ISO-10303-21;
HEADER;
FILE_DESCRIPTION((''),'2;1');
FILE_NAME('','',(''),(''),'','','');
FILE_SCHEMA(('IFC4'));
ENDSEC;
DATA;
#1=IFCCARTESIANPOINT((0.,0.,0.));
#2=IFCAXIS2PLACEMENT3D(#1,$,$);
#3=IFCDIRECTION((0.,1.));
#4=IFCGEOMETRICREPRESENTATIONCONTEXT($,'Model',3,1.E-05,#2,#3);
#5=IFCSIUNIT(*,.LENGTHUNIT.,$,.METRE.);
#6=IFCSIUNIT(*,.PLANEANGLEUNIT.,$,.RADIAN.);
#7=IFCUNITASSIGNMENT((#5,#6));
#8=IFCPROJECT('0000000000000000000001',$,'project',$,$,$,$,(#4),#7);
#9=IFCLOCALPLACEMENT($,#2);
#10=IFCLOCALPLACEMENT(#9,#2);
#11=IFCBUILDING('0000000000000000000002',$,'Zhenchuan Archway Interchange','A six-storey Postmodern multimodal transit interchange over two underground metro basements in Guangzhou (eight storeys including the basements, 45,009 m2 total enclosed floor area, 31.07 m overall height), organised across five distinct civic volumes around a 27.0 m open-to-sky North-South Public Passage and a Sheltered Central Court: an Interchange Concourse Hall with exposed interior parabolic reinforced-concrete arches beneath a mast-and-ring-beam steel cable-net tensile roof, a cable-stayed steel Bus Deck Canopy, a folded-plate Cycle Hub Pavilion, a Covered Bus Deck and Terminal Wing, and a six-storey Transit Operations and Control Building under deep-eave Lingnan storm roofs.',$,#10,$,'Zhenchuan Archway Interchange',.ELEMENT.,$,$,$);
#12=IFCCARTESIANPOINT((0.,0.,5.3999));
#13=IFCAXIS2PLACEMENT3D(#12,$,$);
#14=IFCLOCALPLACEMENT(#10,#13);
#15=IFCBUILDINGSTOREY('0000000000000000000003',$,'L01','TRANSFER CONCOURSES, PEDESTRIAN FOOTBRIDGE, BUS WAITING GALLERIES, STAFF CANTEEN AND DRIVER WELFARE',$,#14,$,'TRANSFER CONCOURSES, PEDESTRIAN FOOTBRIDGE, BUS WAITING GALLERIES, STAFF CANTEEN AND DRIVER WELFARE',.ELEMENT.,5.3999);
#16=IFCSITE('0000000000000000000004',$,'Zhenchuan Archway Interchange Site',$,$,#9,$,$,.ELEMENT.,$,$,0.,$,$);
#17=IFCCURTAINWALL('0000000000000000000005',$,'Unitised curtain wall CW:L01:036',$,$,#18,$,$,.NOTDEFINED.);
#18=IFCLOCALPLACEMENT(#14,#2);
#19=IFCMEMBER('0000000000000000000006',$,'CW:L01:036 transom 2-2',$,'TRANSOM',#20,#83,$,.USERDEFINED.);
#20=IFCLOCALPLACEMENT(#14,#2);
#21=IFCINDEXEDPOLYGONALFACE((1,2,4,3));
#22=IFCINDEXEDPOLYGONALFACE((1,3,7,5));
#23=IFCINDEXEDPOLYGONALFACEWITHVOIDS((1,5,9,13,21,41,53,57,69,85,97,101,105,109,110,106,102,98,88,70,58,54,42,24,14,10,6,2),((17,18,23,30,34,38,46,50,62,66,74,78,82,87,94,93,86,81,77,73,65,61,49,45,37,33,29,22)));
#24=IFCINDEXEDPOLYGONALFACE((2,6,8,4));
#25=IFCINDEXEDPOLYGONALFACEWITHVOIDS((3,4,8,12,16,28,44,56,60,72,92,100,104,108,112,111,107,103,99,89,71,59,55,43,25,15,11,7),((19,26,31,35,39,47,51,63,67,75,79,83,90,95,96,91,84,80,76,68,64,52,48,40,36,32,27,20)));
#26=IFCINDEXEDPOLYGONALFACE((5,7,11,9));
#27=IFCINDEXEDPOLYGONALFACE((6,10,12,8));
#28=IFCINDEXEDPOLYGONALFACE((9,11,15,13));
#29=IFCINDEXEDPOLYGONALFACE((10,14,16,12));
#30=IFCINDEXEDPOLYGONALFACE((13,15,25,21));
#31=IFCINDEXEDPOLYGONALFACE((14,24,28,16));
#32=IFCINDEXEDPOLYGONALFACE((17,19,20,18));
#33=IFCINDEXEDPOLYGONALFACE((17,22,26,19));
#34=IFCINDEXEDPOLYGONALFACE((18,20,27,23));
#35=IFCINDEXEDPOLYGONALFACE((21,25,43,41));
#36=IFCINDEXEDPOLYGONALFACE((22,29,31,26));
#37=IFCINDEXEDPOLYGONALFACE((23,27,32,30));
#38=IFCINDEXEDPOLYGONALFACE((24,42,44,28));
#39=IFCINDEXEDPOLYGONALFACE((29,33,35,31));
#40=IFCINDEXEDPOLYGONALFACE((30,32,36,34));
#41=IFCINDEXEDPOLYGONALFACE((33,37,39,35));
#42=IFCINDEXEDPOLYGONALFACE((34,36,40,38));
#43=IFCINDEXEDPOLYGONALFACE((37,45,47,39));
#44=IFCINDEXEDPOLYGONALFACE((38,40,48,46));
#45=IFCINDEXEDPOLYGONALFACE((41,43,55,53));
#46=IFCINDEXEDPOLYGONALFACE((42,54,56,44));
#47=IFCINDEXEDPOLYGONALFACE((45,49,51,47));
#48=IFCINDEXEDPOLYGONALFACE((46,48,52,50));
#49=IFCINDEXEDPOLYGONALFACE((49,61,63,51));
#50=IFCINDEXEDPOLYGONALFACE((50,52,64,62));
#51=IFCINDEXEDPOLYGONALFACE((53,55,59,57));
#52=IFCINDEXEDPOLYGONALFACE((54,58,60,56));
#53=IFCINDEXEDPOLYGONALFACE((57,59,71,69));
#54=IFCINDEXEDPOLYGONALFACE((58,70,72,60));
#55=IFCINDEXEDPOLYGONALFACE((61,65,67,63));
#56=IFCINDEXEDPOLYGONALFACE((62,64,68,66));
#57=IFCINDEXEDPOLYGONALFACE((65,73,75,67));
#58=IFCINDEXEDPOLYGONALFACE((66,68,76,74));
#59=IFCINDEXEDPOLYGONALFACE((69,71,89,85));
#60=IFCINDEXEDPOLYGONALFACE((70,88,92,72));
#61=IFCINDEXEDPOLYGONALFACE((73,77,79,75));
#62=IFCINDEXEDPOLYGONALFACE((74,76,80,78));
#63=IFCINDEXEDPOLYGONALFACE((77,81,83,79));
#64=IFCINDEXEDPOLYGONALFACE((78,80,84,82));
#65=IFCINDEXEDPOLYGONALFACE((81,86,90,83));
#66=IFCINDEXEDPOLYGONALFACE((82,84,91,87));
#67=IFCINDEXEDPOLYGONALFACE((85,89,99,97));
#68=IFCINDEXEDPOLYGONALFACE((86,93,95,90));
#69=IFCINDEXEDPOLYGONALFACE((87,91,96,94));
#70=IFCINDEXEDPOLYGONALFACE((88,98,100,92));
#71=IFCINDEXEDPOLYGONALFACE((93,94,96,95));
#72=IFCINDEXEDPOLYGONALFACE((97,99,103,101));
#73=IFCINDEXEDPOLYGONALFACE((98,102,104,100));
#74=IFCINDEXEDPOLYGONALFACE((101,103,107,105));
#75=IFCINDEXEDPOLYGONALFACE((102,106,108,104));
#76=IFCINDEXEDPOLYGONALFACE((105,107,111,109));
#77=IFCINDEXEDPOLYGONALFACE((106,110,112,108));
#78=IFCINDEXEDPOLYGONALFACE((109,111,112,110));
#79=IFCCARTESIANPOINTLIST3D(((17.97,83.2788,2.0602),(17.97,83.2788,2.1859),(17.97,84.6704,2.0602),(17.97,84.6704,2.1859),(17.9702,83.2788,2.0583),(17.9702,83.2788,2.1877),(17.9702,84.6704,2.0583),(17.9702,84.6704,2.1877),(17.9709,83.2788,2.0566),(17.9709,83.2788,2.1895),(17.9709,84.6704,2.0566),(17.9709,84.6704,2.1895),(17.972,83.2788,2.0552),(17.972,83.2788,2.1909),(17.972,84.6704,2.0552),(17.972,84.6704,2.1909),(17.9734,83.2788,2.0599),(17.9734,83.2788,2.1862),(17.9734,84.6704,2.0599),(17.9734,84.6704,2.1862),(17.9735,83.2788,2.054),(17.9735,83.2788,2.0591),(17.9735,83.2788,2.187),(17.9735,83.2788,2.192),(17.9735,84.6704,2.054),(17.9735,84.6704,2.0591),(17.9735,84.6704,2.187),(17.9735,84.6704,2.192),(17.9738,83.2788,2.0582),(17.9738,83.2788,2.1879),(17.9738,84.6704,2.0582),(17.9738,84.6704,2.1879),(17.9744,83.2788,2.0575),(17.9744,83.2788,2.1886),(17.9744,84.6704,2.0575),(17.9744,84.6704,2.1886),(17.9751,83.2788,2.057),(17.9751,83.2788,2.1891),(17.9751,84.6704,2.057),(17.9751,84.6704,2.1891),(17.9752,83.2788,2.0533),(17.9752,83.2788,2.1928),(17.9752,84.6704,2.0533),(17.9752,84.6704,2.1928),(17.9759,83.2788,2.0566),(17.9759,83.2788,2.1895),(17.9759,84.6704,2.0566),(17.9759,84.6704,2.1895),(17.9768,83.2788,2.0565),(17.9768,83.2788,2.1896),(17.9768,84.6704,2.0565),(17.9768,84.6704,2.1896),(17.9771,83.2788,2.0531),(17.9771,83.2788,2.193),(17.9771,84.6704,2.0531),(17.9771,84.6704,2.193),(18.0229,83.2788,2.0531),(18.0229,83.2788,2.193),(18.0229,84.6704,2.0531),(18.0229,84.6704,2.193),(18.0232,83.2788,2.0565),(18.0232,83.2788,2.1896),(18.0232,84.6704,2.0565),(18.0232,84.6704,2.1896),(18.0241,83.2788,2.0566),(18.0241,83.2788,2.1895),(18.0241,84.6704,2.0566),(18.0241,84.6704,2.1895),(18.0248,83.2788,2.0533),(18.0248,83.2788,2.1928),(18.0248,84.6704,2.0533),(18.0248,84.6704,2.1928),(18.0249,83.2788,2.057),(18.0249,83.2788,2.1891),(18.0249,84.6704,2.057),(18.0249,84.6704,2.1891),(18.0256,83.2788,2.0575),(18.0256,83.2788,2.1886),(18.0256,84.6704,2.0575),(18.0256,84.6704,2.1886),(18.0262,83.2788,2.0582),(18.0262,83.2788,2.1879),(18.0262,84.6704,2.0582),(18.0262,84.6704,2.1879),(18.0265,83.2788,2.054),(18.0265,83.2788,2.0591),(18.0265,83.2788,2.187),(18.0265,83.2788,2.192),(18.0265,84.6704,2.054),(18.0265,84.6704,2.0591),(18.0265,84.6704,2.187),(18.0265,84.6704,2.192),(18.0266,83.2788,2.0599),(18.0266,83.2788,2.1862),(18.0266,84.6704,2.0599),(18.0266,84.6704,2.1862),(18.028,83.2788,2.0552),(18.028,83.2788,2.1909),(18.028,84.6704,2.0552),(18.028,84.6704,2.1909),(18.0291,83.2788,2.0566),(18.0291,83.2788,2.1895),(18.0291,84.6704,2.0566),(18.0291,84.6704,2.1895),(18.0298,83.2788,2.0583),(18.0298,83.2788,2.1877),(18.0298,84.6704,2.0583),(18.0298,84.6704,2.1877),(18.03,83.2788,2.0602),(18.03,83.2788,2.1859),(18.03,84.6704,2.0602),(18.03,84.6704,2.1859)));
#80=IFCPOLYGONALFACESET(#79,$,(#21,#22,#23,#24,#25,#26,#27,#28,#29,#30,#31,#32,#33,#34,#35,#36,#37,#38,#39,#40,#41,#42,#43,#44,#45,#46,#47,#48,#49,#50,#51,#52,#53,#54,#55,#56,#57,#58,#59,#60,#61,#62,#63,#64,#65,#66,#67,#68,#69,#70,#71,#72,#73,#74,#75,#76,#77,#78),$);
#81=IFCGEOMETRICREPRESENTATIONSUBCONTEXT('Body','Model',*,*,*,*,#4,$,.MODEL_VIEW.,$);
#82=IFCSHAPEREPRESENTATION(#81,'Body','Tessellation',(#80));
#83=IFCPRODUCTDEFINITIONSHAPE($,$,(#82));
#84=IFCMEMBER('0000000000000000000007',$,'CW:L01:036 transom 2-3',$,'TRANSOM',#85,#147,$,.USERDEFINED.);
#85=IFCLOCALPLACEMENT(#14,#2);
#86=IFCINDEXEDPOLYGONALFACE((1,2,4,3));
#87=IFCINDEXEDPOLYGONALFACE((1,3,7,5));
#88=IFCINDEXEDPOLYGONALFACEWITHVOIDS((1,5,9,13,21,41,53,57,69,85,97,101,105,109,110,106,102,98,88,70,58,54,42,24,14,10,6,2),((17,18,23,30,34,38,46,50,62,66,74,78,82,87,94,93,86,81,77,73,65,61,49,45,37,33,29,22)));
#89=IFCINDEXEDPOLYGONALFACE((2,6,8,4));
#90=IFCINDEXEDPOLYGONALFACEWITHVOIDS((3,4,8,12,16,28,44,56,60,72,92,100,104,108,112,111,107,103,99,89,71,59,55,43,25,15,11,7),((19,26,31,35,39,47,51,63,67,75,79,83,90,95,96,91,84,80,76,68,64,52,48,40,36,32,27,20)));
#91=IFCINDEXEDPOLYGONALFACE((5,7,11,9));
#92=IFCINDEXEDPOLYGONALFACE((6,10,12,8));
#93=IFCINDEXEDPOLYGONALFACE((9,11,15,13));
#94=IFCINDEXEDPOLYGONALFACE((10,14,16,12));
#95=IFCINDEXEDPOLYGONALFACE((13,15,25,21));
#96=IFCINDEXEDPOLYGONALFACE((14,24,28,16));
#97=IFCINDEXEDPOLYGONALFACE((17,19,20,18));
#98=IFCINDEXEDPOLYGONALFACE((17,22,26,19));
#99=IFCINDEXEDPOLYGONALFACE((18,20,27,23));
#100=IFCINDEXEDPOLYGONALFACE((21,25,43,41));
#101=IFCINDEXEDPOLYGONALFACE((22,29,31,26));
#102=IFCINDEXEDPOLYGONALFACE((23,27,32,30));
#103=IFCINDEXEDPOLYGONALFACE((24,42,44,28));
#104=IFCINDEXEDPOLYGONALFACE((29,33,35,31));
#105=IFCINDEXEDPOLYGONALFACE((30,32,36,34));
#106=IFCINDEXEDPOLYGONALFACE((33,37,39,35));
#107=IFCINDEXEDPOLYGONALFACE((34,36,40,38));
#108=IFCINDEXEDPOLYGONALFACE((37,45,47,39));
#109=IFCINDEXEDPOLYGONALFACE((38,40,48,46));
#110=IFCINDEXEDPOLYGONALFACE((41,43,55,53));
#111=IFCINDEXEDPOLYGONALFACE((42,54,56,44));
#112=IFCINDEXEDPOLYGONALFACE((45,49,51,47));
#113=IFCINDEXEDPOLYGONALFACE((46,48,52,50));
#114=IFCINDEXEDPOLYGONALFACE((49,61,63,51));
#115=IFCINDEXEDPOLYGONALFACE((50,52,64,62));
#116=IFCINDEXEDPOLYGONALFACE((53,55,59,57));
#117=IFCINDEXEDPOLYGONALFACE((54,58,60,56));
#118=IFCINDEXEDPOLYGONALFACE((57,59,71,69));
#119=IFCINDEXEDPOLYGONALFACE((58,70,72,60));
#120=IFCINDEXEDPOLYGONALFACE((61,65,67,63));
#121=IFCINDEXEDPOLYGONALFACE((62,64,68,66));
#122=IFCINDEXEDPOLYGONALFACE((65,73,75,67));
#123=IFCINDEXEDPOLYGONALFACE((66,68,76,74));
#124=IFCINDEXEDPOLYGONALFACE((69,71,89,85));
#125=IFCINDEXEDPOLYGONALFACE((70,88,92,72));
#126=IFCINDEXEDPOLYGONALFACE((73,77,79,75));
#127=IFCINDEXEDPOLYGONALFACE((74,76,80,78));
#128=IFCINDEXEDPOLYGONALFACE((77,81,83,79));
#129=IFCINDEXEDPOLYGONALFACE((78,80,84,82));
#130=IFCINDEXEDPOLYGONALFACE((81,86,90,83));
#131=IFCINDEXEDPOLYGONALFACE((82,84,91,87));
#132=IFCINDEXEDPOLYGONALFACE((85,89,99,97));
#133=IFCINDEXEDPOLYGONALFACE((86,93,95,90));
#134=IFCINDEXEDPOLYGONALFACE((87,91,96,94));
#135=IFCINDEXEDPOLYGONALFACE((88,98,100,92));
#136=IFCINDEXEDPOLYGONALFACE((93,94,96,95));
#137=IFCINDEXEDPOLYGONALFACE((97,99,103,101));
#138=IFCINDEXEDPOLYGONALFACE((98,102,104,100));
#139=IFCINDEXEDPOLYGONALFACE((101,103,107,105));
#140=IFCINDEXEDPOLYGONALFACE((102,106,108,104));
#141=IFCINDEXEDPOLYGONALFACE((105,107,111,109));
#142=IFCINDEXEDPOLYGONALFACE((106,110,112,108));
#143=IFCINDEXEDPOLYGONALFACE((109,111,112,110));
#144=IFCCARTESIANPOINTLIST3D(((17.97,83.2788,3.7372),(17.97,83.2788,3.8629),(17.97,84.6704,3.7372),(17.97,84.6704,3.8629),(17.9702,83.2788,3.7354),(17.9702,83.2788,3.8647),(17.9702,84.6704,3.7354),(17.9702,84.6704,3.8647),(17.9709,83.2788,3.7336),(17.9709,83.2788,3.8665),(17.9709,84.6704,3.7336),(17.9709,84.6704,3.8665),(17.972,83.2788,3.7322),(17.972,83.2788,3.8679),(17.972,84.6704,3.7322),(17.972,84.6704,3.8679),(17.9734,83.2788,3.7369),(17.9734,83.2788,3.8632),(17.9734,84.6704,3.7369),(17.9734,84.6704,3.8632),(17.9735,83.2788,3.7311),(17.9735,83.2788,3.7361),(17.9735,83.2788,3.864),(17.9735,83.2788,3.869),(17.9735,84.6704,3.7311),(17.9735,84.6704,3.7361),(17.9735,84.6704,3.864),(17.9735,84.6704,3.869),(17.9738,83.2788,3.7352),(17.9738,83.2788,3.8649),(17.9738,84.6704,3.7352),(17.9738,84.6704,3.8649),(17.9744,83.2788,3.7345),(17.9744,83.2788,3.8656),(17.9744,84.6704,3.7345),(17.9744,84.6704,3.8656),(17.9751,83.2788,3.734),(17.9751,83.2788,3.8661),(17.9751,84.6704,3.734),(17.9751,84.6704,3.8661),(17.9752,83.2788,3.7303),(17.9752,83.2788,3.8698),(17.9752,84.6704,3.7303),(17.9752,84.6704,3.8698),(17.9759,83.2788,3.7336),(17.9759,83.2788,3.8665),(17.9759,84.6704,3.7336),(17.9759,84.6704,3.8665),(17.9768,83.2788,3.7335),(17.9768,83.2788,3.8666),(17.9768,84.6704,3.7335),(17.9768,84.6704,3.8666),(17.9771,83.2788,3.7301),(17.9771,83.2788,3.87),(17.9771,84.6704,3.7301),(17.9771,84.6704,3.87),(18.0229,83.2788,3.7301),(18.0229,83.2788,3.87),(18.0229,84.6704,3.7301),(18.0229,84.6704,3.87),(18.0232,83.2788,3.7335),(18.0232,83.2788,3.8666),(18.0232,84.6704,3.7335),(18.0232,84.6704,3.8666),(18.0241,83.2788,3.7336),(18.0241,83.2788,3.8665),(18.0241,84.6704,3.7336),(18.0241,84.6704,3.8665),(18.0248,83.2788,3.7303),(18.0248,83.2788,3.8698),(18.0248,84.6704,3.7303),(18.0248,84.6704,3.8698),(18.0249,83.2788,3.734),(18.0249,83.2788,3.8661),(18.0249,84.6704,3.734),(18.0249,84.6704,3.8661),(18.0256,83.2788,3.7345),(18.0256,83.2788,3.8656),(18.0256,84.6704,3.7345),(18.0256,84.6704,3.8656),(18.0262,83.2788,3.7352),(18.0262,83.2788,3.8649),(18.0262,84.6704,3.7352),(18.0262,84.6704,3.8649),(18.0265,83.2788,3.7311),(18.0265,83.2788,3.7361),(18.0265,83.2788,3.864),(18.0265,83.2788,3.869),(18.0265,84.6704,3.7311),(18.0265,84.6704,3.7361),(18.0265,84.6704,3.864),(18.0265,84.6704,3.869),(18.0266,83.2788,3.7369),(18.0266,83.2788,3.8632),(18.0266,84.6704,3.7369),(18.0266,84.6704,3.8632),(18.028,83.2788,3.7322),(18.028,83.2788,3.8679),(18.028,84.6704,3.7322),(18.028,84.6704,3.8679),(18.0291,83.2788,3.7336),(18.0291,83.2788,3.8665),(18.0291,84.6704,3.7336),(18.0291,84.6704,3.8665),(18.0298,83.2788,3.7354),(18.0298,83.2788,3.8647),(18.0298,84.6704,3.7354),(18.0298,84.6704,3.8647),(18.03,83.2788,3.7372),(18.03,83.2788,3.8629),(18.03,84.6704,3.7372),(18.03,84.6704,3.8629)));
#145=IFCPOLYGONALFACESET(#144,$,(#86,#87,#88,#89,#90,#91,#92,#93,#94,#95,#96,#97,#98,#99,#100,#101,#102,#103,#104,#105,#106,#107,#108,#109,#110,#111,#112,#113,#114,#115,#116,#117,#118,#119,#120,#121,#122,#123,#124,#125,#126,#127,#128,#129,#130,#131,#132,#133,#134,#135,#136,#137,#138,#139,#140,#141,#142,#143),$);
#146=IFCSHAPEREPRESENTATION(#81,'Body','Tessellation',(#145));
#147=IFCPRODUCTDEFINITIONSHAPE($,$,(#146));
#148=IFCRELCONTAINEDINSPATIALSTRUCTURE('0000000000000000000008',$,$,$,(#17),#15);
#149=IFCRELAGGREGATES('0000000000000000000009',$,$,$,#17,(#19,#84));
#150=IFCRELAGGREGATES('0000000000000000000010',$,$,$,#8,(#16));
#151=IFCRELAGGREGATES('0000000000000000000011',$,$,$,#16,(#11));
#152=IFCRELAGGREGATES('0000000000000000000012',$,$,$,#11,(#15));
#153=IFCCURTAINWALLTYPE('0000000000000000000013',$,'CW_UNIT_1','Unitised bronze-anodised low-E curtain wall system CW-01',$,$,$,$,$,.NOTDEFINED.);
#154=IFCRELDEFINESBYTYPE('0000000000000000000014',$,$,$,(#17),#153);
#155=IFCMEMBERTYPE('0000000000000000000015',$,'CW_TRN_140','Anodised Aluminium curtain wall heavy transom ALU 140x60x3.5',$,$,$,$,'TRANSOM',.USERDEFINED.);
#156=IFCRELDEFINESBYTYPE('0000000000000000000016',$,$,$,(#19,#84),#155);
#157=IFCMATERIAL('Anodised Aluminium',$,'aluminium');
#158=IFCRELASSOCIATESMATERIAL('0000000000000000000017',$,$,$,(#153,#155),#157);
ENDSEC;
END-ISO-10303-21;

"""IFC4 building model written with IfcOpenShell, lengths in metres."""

from ifc_helpers import new_model, si_unit, direction, frame, origin, origin_2d, place, context, subcontext, project, spatial, hollow_rectangle, extrude, material, material_profile, profile_set, type_object, element, aggregate, save


model = new_model("IFC4")

# Units and contexts
model_context = context("Model", 3, precision=1e-05, world=origin(), true_north=direction((0.0, 1.0)))
body_context = subcontext(model_context, "Body", "Model", "MODEL_VIEW")
ifc_project = project(units=[si_unit("LENGTHUNIT", "METRE"), si_unit("PLANEANGLEUNIT", "RADIAN")], contexts=[model_context])

# Site, building, storey
site_placement = place(None, origin())
site = spatial("IfcSite", under=ifc_project, at=site_placement, Name="Zhenchuan Archway Interchange Site", CompositionType="ELEMENT", RefElevation=0.0)
building_placement = place(site_placement, origin())
building = spatial("IfcBuilding", under=site, at=building_placement, Name="Zhenchuan Archway Interchange", Description="A six-storey Postmodern multimodal transit interchange over two underground metro basements in Guangzhou (eight storeys including the basements, 45,009 m2 total enclosed floor area, 31.07 m overall height), organised across five distinct civic volumes around a 27.0 m open-to-sky North-South Public Passage and a Sheltered Central Court: an Interchange Concourse Hall with exposed interior parabolic reinforced-concrete arches beneath a mast-and-ring-beam steel cable-net tensile roof, a cable-stayed steel Bus Deck Canopy, a folded-plate Cycle Hub Pavilion, a Covered Bus Deck and Terminal Wing, and a six-storey Transit Operations and Control Building under deep-eave Lingnan storm roofs.", LongName="Zhenchuan Archway Interchange", CompositionType="ELEMENT")
storey_placement = place(building_placement, frame((0.0, 0.0, 5.3999)))
storey = spatial("IfcBuildingStorey", under=building, at=storey_placement, Name="L01", Description="TRANSFER CONCOURSES, PEDESTRIAN FOOTBRIDGE, BUS WAITING GALLERIES, STAFF CANTEEN AND DRIVER WELFARE", LongName="TRANSFER CONCOURSES, PEDESTRIAN FOOTBRIDGE, BUS WAITING GALLERIES, STAFF CANTEEN AND DRIVER WELFARE", CompositionType="ELEMENT", Elevation=5.3999)

# Curtain wall, members
ifc_material_1 = material(Name="Anodised Aluminium", Category="aluminium")
curtain_wall_type = type_object("IfcCurtainWallType", Name="CW_UNIT_1", Description="Unitised bronze-anodised low-E curtain wall system CW-01", PredefinedType="NOTDEFINED", material=ifc_material_1)
curtain_wall_placement = place(storey_placement, origin())
curtain_wall = element("IfcCurtainWall", 1, at=curtain_wall_placement, inside=storey, type_object=curtain_wall_type, Name="Unitised curtain wall CW:L01:036", PredefinedType="NOTDEFINED")
ifc_material_profile_1 = material_profile(ifc_material_1, hollow_rectangle(XDim=0.0601, YDim=0.1399, WallThickness=0.0034, InnerFilletRadius=0.0034, OuterFilletRadius=0.0071, at=origin_2d()), Name="ALU 140x60x3.5")
ifc_profile_set_1 = profile_set([ifc_material_profile_1], Name="Anodised Aluminium")
member_type_1 = type_object("IfcMemberType", Name="CW_TRN_140", Description="Anodised Aluminium curtain wall heavy transom ALU 140x60x3.5", ElementType="TRANSOM", PredefinedType="USERDEFINED", material=ifc_profile_set_1)
member_1_placement = place(storey_placement, frame((18.0, 83.2788, 2.123), z_axis=(0.0, 1.0, 0.0), x_axis=(-1.0, 0.0, 0.0)))
member_1 = element("IfcMember", 2, at=member_1_placement, type_object=member_type_1, Name="CW:L01:036 transom 2-2", ObjectType="TRANSOM", PredefinedType="USERDEFINED", context=body_context, shape_type="SweptSolid", body=[
    extrude(hollow_rectangle(XDim=0.0601, YDim=0.1399, WallThickness=0.0034, InnerFilletRadius=0.0034, OuterFilletRadius=0.0071, at=origin_2d()), origin(), (0.0, 0.0, 1.0), 1.3916),
])
member_2_placement = place(storey_placement, frame((18.0, 83.2788, 3.8), z_axis=(0.0, 1.0, 0.0), x_axis=(-1.0, 0.0, 0.0)))
member_2 = element("IfcMember", 3, at=member_2_placement, type_object=member_type_1, Name="CW:L01:036 transom 2-3", ObjectType="TRANSOM", PredefinedType="USERDEFINED", context=body_context, shape_type="SweptSolid", body=[
    extrude(hollow_rectangle(XDim=0.0601, YDim=0.1399, WallThickness=0.0034, InnerFilletRadius=0.0034, OuterFilletRadius=0.0071, at=origin_2d()), origin(), (0.0, 0.0, 1.0), 1.3916),
])
aggregate(curtain_wall, [member_1, member_2])

save(model, "model.ifc")
